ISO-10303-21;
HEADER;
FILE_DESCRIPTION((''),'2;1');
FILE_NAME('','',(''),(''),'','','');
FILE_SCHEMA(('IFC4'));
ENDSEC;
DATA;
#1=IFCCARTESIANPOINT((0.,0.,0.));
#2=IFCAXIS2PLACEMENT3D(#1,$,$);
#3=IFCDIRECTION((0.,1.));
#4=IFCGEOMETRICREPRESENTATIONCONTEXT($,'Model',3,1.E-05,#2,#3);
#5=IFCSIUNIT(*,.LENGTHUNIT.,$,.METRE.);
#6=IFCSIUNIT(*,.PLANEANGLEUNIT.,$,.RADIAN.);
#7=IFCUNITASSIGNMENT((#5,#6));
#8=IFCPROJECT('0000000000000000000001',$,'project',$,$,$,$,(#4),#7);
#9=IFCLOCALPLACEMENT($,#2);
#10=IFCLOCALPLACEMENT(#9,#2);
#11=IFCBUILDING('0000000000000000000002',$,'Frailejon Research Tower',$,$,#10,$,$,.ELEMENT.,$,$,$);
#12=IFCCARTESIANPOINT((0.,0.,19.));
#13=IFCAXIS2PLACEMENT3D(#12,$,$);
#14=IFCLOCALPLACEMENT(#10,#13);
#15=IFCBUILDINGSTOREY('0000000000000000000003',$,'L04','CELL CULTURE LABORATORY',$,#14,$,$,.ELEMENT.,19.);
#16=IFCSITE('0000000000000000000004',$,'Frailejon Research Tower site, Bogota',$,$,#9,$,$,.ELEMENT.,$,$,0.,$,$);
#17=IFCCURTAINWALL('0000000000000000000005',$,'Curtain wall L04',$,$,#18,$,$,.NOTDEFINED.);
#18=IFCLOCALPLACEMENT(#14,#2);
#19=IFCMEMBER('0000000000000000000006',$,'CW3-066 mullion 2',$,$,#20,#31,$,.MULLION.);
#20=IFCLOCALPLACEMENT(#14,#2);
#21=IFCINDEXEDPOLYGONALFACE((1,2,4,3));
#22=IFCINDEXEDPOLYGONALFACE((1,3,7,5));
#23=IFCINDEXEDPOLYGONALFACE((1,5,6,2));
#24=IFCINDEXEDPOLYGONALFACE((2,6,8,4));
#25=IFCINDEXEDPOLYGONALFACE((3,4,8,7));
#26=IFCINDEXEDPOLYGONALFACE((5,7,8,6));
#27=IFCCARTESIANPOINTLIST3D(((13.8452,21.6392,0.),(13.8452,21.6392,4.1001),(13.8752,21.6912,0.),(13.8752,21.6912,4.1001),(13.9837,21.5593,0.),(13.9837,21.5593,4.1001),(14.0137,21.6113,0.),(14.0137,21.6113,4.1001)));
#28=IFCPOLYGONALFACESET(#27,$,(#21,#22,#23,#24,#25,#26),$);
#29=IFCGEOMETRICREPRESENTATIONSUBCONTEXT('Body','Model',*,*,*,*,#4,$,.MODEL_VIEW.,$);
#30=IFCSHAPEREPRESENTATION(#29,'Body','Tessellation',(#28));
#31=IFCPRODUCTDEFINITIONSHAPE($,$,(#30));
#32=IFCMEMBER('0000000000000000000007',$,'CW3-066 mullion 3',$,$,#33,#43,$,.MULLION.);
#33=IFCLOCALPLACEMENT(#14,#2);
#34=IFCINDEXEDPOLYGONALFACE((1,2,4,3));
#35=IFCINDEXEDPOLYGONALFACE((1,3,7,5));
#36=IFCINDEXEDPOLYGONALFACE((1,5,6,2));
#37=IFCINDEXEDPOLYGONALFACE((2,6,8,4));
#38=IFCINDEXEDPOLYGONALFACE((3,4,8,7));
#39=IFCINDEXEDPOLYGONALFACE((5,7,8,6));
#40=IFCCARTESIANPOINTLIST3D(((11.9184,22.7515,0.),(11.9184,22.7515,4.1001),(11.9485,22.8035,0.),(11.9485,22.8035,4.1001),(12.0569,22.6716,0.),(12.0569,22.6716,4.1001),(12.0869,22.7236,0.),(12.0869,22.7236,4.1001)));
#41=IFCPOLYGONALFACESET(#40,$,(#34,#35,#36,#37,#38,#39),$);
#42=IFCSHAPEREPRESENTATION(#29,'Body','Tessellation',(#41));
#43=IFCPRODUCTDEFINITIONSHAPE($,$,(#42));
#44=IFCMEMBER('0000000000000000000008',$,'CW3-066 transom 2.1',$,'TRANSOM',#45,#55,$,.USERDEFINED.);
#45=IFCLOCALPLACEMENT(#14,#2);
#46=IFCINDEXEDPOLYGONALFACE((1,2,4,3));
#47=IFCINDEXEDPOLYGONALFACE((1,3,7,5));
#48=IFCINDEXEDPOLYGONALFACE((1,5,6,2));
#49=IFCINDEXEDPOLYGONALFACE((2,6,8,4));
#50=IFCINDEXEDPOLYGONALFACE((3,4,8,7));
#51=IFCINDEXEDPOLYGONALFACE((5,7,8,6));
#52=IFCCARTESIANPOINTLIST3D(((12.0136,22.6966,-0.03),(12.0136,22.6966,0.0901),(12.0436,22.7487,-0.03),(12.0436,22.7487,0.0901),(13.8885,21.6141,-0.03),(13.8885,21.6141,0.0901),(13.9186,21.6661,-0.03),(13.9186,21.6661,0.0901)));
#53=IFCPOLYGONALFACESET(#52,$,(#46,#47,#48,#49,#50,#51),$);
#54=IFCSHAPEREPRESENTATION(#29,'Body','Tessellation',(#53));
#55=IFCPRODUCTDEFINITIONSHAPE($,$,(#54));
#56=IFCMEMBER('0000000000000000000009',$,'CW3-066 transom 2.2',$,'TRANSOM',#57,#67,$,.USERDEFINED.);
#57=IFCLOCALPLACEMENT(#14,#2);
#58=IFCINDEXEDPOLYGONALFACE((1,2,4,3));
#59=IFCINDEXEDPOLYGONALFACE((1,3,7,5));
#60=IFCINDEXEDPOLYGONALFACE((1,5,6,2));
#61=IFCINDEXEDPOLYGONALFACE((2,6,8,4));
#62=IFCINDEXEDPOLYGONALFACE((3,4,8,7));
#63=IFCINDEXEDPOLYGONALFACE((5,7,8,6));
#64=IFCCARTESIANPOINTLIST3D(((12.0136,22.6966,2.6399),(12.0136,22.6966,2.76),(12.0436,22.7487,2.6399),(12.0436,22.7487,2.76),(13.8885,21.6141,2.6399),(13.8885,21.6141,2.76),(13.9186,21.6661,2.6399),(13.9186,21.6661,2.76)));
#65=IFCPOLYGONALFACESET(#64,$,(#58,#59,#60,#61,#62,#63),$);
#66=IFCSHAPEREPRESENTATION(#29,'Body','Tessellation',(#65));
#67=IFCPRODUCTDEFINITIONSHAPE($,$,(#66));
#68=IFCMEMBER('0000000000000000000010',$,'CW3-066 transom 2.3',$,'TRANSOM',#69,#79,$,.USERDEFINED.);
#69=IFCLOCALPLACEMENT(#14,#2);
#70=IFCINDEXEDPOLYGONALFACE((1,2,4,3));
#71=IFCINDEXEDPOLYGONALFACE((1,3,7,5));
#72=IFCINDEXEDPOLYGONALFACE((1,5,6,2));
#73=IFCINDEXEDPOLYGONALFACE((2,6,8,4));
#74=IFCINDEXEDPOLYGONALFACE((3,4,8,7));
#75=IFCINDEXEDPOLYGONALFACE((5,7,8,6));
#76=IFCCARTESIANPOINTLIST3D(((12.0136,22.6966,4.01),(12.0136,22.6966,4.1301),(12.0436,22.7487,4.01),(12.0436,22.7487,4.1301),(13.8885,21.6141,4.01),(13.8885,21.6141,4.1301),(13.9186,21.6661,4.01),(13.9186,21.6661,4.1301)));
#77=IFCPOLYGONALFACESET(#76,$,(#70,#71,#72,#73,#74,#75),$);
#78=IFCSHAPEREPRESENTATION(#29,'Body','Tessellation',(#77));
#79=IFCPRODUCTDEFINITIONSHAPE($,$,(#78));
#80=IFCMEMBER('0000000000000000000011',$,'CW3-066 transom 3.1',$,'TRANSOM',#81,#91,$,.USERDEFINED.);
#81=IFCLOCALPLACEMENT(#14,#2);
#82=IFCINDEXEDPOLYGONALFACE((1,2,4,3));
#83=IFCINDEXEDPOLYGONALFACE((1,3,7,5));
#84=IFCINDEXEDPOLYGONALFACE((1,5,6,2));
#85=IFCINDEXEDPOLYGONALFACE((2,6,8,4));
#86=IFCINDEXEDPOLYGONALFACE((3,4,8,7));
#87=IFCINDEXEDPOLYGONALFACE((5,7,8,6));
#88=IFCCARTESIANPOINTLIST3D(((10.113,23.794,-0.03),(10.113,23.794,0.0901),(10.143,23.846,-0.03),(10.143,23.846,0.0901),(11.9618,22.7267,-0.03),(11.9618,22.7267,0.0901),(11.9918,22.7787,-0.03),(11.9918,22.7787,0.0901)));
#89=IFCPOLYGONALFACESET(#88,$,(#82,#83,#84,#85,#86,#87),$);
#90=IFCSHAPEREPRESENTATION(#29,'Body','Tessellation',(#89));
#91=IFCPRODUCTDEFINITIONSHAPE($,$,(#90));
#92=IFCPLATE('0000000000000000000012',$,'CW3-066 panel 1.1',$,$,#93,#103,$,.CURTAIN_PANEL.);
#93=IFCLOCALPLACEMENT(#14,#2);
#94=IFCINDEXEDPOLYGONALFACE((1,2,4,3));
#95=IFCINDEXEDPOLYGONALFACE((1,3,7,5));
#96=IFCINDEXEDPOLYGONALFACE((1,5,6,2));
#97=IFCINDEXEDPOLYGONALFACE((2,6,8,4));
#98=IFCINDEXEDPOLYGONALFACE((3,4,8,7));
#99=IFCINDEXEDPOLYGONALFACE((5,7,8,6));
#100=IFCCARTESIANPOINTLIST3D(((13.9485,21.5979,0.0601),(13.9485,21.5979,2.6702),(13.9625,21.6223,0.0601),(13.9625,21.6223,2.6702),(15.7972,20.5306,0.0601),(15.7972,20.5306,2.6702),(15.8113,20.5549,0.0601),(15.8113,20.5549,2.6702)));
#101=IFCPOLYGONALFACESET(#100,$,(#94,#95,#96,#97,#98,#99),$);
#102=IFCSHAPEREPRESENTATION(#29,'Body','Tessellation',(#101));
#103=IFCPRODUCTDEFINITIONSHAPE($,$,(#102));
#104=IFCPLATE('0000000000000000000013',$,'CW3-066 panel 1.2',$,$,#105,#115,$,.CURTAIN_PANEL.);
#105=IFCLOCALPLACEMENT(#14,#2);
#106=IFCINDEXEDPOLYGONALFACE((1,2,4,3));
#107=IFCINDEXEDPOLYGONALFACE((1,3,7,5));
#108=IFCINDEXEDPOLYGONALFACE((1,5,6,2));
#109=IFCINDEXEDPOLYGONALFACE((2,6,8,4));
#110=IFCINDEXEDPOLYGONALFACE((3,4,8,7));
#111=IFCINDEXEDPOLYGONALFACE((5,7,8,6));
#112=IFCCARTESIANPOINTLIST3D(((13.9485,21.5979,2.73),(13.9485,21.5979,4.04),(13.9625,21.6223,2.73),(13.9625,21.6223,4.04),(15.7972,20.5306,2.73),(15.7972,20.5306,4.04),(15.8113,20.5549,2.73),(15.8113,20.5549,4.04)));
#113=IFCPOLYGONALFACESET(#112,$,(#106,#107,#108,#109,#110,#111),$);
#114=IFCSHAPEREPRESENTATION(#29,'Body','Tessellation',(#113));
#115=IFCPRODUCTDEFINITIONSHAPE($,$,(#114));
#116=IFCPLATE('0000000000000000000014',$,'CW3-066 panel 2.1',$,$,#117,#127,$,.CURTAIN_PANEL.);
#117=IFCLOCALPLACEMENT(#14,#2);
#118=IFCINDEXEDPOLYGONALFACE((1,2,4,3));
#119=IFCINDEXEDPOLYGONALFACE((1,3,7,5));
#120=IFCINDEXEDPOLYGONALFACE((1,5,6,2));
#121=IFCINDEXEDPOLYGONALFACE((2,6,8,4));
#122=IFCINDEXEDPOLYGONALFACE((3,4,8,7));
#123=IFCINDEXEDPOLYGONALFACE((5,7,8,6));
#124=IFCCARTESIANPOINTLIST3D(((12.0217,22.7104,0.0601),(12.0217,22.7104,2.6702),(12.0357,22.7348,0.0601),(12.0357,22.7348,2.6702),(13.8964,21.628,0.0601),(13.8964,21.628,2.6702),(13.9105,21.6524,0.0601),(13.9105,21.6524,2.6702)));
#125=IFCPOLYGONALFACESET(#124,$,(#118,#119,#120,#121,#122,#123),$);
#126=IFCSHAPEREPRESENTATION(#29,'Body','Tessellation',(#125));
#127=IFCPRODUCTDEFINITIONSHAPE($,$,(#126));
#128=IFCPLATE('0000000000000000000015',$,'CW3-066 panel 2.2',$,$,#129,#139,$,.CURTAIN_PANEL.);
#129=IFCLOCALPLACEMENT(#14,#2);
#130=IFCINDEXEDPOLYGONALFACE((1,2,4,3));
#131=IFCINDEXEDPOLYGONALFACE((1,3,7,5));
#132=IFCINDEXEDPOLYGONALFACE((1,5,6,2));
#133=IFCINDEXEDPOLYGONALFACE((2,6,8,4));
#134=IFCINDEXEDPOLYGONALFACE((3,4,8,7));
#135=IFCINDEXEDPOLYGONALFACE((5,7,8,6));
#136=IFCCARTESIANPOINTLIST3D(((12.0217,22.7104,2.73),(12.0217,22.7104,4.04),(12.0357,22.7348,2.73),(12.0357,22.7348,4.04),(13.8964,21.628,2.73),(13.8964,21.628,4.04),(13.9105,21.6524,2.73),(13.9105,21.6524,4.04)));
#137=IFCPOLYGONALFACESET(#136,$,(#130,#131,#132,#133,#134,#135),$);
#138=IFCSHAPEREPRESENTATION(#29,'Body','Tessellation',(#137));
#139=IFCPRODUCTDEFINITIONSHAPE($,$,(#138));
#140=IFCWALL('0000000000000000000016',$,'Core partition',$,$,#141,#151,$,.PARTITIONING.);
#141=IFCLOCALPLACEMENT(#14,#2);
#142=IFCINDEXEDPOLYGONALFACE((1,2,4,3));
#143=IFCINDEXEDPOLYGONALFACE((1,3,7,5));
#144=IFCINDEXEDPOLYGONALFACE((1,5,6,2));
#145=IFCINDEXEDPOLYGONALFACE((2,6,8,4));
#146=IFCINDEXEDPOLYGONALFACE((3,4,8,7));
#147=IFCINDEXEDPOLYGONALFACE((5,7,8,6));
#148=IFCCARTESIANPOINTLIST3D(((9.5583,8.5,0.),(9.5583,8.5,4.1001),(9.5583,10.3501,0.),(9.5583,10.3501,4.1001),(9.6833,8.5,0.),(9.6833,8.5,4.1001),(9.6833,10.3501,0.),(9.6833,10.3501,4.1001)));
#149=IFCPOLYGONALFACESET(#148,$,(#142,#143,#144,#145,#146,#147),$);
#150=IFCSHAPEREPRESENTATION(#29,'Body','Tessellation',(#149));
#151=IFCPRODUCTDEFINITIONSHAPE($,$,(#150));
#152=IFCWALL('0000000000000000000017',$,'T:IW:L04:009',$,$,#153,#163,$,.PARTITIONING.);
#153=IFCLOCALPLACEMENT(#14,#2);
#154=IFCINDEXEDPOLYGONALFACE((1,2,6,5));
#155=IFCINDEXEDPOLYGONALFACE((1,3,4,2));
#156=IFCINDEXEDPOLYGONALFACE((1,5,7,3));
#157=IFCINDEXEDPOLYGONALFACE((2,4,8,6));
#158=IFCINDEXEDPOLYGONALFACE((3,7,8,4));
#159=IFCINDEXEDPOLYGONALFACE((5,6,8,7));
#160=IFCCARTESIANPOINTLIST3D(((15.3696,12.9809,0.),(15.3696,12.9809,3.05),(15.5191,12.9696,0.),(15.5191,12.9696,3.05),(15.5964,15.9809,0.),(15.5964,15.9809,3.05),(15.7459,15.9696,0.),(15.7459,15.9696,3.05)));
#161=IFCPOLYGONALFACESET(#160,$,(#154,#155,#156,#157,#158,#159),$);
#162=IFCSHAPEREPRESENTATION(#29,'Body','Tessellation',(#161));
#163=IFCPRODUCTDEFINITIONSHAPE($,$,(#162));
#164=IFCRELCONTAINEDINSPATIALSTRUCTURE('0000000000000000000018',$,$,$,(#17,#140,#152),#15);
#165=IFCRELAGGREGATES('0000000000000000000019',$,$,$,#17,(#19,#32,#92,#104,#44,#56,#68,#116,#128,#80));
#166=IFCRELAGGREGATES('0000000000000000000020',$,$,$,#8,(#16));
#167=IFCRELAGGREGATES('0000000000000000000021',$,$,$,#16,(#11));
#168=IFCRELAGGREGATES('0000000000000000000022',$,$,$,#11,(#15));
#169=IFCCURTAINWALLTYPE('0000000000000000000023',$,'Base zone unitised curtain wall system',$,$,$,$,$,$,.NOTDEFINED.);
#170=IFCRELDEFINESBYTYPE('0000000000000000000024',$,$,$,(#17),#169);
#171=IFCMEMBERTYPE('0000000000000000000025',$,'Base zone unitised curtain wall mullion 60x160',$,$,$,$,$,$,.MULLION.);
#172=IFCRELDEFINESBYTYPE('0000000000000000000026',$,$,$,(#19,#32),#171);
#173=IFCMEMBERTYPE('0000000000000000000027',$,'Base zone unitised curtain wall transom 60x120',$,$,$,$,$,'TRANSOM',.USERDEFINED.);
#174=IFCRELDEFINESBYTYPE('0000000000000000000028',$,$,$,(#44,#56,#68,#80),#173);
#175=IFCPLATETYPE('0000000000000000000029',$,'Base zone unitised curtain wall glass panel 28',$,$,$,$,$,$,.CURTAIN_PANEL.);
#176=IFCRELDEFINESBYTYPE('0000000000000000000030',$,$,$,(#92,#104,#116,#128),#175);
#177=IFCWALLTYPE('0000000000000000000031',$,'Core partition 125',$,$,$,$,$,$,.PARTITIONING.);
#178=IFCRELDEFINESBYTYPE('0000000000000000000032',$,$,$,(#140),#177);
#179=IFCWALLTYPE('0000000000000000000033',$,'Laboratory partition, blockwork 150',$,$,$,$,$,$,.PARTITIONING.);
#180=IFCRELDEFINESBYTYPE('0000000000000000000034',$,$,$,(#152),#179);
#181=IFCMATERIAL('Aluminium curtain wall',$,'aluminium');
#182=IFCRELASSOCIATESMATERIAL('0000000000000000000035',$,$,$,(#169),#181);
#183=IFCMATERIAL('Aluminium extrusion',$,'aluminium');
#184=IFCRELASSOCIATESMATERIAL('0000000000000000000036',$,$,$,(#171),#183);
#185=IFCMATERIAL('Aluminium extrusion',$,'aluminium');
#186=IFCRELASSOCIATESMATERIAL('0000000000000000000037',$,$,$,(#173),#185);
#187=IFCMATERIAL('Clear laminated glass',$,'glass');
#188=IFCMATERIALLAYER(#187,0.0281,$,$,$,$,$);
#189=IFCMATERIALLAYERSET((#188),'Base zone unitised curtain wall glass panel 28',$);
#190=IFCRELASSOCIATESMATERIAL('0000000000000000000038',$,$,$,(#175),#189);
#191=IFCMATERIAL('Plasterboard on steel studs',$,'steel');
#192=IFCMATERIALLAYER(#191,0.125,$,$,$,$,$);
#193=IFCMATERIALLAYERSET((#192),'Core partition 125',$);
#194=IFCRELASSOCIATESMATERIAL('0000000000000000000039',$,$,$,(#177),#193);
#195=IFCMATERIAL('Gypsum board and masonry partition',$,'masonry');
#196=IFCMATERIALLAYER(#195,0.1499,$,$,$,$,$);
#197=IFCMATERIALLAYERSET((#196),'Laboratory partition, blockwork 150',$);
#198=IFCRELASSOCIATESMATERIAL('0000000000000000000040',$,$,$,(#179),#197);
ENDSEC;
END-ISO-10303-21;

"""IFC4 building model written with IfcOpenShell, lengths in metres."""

from ifc_helpers import new_model, si_unit, direction, frame, frame_2d, origin, origin_2d, place, context, subcontext, project, spatial, rectangle, extrude, material, layer, layer_set, material_profile, profile_set, type_object, element, aggregate, save


model = new_model("IFC4")

# Units and contexts
model_context = context("Model", 3, precision=1e-05, world=origin(), true_north=direction((0.0, 1.0)))
body_context = subcontext(model_context, "Body", "Model", "MODEL_VIEW")
ifc_project = project(units=[si_unit("LENGTHUNIT", "METRE"), si_unit("PLANEANGLEUNIT", "RADIAN")], contexts=[model_context])

# Site, building, storey
site_placement = place(None, origin())
site = spatial("IfcSite", under=ifc_project, at=site_placement, Name="Frailejon Research Tower site, Bogota", CompositionType="ELEMENT", RefElevation=0.0)
building_placement = place(site_placement, origin())
building = spatial("IfcBuilding", under=site, at=building_placement, Name="Frailejon Research Tower", CompositionType="ELEMENT")
storey_placement = place(building_placement, frame((0.0, 0.0, 19.0)))
storey = spatial("IfcBuildingStorey", under=building, at=storey_placement, Name="L04", Description="CELL CULTURE LABORATORY", CompositionType="ELEMENT", Elevation=19.0)

# Curtain wall, members, plates
ifc_material_1 = material(Name="Aluminium curtain wall", Category="aluminium")
curtain_wall_type = type_object("IfcCurtainWallType", Name="Base zone unitised curtain wall system", PredefinedType="NOTDEFINED", material=ifc_material_1)
curtain_wall_placement = place(storey_placement, origin())
curtain_wall = element("IfcCurtainWall", 1, at=curtain_wall_placement, inside=storey, type_object=curtain_wall_type, Name="Curtain wall L04", PredefinedType="NOTDEFINED")
ifc_material_2 = material(Name="Aluminium extrusion", Category="aluminium")
ifc_material_profile_1 = material_profile(ifc_material_2, rectangle(XDim=0.0601, YDim=0.1599, at=origin_2d()), Name="Base zone unitised curtain wall mullion 60x160")
ifc_profile_set_1 = profile_set([ifc_material_profile_1], Name="Aluminium extrusion")
member_type_1 = type_object("IfcMemberType", Name="Base zone unitised curtain wall mullion 60x160", PredefinedType="MULLION", material=ifc_profile_set_1)
member_1_placement = place(storey_placement, frame((13.9294, 21.6252, 0.0), z_axis=(0.0, 0.0, 1.0), x_axis=(-0.499998, -0.866026, 0.0)))
member_1 = element("IfcMember", 2, at=member_1_placement, type_object=member_type_1, Name="CW3-066 mullion 2", PredefinedType="MULLION", context=body_context, shape_type="SweptSolid", body=[
    extrude(rectangle(XDim=0.0601, YDim=0.1599, at=origin_2d()), origin(), (0.0, 0.0, 1.0), 4.1001),
])
member_2_placement = place(storey_placement, frame((12.0027, 22.7375, 0.0), z_axis=(0.0, 0.0, 1.0), x_axis=(-0.499998, -0.866026, 0.0)))
member_2 = element("IfcMember", 3, at=member_2_placement, type_object=member_type_1, Name="CW3-066 mullion 3", PredefinedType="MULLION", context=body_context, shape_type="SweptSolid", body=[
    extrude(rectangle(XDim=0.0601, YDim=0.1599, at=origin_2d()), origin(), (0.0, 0.0, 1.0), 4.1001),
])
ifc_material_3 = material(Name="Aluminium extrusion", Category="aluminium")
ifc_material_profile_2 = material_profile(ifc_material_3, rectangle(XDim=0.0601, YDim=0.1201, at=origin_2d()), Name="Base zone unitised curtain wall transom 60x120")
ifc_profile_set_2 = profile_set([ifc_material_profile_2], Name="Aluminium extrusion")
member_type_2 = type_object("IfcMemberType", Name="Base zone unitised curtain wall transom 60x120", ElementType="TRANSOM", PredefinedType="USERDEFINED", material=ifc_profile_set_2)
member_3_placement = place(storey_placement, frame((13.9036, 21.6401, 0.03), z_axis=(-0.866028, 0.499996, 0.0), x_axis=(-0.499996, -0.866028, 0.0)))
member_3 = element("IfcMember", 4, at=member_3_placement, type_object=member_type_2, Name="CW3-066 transom 2.1", ObjectType="TRANSOM", PredefinedType="USERDEFINED", context=body_context, shape_type="SweptSolid", body=[
    extrude(rectangle(XDim=0.0601, YDim=0.1201, at=origin_2d()), origin(), (0.0, 0.0, 1.0), 2.165),
])
member_4_placement = place(storey_placement, frame((13.9036, 21.6401, 2.7), z_axis=(-0.866028, 0.499996, 0.0), x_axis=(-0.499996, -0.866028, 0.0)))
member_4 = element("IfcMember", 5, at=member_4_placement, type_object=member_type_2, Name="CW3-066 transom 2.2", ObjectType="TRANSOM", PredefinedType="USERDEFINED", context=body_context, shape_type="SweptSolid", body=[
    extrude(rectangle(XDim=0.0601, YDim=0.1201, at=origin_2d()), origin(), (0.0, 0.0, 1.0), 2.165),
])
member_5_placement = place(storey_placement, frame((13.9036, 21.6401, 4.0701), z_axis=(-0.866028, 0.499996, 0.0), x_axis=(-0.499996, -0.866028, 0.0)))
member_5 = element("IfcMember", 6, at=member_5_placement, type_object=member_type_2, Name="CW3-066 transom 2.3", ObjectType="TRANSOM", PredefinedType="USERDEFINED", context=body_context, shape_type="SweptSolid", body=[
    extrude(rectangle(XDim=0.0601, YDim=0.1201, at=origin_2d()), origin(), (0.0, 0.0, 1.0), 2.165),
])
member_6_placement = place(storey_placement, frame((11.9768, 22.7527, 0.03), z_axis=(-0.866039, 0.499977, 0.0), x_axis=(-0.499977, -0.866039, 0.0)))
member_6 = element("IfcMember", 7, at=member_6_placement, type_object=member_type_2, Name="CW3-066 transom 3.1", ObjectType="TRANSOM", PredefinedType="USERDEFINED", context=body_context, shape_type="SweptSolid", body=[
    extrude(rectangle(XDim=0.0601, YDim=0.1201, at=origin_2d()), origin(), (0.0, 0.0, 1.0), 2.1348),
])
ifc_material_4 = material(Name="Clear laminated glass", Category="glass")
ifc_layer_1 = layer(ifc_material_4, 0.0281)
ifc_layer_set_1 = layer_set([ifc_layer_1], Name="Base zone unitised curtain wall glass panel 28")
plate_type = type_object("IfcPlateType", Name="Base zone unitised curtain wall glass panel 28", PredefinedType="CURTAIN_PANEL", material=ifc_layer_set_1)
plate_1_placement = place(storey_placement, frame((14.8799, 21.0764, 0.0601), z_axis=(0.0, 0.0, 1.0), x_axis=(-0.866026, 0.499998, 0.0)))
plate_1 = element("IfcPlate", 8, at=plate_1_placement, type_object=plate_type, Name="CW3-066 panel 1.1", PredefinedType="CURTAIN_PANEL", context=body_context, shape_type="SweptSolid", body=[
    extrude(rectangle(XDim=2.1348, YDim=0.0281, at=origin_2d()), origin(), (0.0, 0.0, 1.0), 2.6101),
])
plate_2_placement = place(storey_placement, frame((14.8799, 21.0764, 2.73), z_axis=(0.0, 0.0, 1.0), x_axis=(-0.866026, 0.499998, 0.0)))
plate_2 = element("IfcPlate", 9, at=plate_2_placement, type_object=plate_type, Name="CW3-066 panel 1.2", PredefinedType="CURTAIN_PANEL", context=body_context, shape_type="SweptSolid", body=[
    extrude(rectangle(XDim=2.1348, YDim=0.0281, at=origin_2d()), origin(), (0.0, 0.0, 1.0), 1.3101),
])
plate_3_placement = place(storey_placement, frame((12.9661, 22.1814, 0.0601), z_axis=(0.0, 0.0, 1.0), x_axis=(-0.866026, 0.499998, 0.0)))
plate_3 = element("IfcPlate", 10, at=plate_3_placement, type_object=plate_type, Name="CW3-066 panel 2.1", PredefinedType="CURTAIN_PANEL", context=body_context, shape_type="SweptSolid", body=[
    extrude(rectangle(XDim=2.1648, YDim=0.0281, at=origin_2d()), origin(), (0.0, 0.0, 1.0), 2.6101),
])
plate_4_placement = place(storey_placement, frame((12.9661, 22.1814, 2.73), z_axis=(0.0, 0.0, 1.0), x_axis=(-0.866026, 0.499998, 0.0)))
plate_4 = element("IfcPlate", 11, at=plate_4_placement, type_object=plate_type, Name="CW3-066 panel 2.2", PredefinedType="CURTAIN_PANEL", context=body_context, shape_type="SweptSolid", body=[
    extrude(rectangle(XDim=2.1648, YDim=0.0281, at=origin_2d()), origin(), (0.0, 0.0, 1.0), 1.3101),
])
aggregate(curtain_wall, [member_1, member_2, plate_1, plate_2, member_3, member_4, member_5, plate_3, plate_4, member_6])

# Walls
ifc_material_5 = material(Name="Plasterboard on steel studs", Category="steel")
ifc_layer_2 = layer(ifc_material_5, 0.125)
ifc_layer_set_2 = layer_set([ifc_layer_2], Name="Core partition 125")
wall_type_1 = type_object("IfcWallType", Name="Core partition 125", PredefinedType="PARTITIONING", material=ifc_layer_set_2)
wall_1_placement = place(storey_placement, frame((9.6208, 8.5, 0.0), z_axis=(0.0, 0.0, 1.0), x_axis=(0.0, 1.0, 0.0)))
element("IfcWall", 12, at=wall_1_placement, inside=storey, type_object=wall_type_1, Name="Core partition", PredefinedType="PARTITIONING", context=body_context, shape_type="SweptSolid", body=[
    extrude(rectangle(XDim=1.8501, YDim=0.125, at=frame_2d((0.925, 0.0))), origin(), (0.0, 0.0, 1.0), 4.1001),
])
ifc_material_6 = material(Name="Gypsum board and masonry partition", Category="masonry")
ifc_layer_3 = layer(ifc_material_6, 0.1499)
ifc_layer_set_3 = layer_set([ifc_layer_3], Name="Laboratory partition, blockwork 150")
wall_type_2 = type_object("IfcWallType", Name="Laboratory partition, blockwork 150", PredefinedType="PARTITIONING", material=ifc_layer_set_3)
wall_2_placement = place(storey_placement, frame((15.4443, 12.9751, 0.0), z_axis=(0.0, 0.0, 1.0), x_axis=(0.075387, 0.997154, 0.0)))
element("IfcWall", 13, at=wall_2_placement, inside=storey, type_object=wall_type_2, Name="T:IW:L04:009", PredefinedType="PARTITIONING", context=body_context, shape_type="SweptSolid", body=[
    extrude(rectangle(XDim=3.0085, YDim=0.1499, at=frame_2d((1.5044, 0.0))), origin(), (0.0, 0.0, 1.0), 3.05),
])

save(model, "model.ifc")
